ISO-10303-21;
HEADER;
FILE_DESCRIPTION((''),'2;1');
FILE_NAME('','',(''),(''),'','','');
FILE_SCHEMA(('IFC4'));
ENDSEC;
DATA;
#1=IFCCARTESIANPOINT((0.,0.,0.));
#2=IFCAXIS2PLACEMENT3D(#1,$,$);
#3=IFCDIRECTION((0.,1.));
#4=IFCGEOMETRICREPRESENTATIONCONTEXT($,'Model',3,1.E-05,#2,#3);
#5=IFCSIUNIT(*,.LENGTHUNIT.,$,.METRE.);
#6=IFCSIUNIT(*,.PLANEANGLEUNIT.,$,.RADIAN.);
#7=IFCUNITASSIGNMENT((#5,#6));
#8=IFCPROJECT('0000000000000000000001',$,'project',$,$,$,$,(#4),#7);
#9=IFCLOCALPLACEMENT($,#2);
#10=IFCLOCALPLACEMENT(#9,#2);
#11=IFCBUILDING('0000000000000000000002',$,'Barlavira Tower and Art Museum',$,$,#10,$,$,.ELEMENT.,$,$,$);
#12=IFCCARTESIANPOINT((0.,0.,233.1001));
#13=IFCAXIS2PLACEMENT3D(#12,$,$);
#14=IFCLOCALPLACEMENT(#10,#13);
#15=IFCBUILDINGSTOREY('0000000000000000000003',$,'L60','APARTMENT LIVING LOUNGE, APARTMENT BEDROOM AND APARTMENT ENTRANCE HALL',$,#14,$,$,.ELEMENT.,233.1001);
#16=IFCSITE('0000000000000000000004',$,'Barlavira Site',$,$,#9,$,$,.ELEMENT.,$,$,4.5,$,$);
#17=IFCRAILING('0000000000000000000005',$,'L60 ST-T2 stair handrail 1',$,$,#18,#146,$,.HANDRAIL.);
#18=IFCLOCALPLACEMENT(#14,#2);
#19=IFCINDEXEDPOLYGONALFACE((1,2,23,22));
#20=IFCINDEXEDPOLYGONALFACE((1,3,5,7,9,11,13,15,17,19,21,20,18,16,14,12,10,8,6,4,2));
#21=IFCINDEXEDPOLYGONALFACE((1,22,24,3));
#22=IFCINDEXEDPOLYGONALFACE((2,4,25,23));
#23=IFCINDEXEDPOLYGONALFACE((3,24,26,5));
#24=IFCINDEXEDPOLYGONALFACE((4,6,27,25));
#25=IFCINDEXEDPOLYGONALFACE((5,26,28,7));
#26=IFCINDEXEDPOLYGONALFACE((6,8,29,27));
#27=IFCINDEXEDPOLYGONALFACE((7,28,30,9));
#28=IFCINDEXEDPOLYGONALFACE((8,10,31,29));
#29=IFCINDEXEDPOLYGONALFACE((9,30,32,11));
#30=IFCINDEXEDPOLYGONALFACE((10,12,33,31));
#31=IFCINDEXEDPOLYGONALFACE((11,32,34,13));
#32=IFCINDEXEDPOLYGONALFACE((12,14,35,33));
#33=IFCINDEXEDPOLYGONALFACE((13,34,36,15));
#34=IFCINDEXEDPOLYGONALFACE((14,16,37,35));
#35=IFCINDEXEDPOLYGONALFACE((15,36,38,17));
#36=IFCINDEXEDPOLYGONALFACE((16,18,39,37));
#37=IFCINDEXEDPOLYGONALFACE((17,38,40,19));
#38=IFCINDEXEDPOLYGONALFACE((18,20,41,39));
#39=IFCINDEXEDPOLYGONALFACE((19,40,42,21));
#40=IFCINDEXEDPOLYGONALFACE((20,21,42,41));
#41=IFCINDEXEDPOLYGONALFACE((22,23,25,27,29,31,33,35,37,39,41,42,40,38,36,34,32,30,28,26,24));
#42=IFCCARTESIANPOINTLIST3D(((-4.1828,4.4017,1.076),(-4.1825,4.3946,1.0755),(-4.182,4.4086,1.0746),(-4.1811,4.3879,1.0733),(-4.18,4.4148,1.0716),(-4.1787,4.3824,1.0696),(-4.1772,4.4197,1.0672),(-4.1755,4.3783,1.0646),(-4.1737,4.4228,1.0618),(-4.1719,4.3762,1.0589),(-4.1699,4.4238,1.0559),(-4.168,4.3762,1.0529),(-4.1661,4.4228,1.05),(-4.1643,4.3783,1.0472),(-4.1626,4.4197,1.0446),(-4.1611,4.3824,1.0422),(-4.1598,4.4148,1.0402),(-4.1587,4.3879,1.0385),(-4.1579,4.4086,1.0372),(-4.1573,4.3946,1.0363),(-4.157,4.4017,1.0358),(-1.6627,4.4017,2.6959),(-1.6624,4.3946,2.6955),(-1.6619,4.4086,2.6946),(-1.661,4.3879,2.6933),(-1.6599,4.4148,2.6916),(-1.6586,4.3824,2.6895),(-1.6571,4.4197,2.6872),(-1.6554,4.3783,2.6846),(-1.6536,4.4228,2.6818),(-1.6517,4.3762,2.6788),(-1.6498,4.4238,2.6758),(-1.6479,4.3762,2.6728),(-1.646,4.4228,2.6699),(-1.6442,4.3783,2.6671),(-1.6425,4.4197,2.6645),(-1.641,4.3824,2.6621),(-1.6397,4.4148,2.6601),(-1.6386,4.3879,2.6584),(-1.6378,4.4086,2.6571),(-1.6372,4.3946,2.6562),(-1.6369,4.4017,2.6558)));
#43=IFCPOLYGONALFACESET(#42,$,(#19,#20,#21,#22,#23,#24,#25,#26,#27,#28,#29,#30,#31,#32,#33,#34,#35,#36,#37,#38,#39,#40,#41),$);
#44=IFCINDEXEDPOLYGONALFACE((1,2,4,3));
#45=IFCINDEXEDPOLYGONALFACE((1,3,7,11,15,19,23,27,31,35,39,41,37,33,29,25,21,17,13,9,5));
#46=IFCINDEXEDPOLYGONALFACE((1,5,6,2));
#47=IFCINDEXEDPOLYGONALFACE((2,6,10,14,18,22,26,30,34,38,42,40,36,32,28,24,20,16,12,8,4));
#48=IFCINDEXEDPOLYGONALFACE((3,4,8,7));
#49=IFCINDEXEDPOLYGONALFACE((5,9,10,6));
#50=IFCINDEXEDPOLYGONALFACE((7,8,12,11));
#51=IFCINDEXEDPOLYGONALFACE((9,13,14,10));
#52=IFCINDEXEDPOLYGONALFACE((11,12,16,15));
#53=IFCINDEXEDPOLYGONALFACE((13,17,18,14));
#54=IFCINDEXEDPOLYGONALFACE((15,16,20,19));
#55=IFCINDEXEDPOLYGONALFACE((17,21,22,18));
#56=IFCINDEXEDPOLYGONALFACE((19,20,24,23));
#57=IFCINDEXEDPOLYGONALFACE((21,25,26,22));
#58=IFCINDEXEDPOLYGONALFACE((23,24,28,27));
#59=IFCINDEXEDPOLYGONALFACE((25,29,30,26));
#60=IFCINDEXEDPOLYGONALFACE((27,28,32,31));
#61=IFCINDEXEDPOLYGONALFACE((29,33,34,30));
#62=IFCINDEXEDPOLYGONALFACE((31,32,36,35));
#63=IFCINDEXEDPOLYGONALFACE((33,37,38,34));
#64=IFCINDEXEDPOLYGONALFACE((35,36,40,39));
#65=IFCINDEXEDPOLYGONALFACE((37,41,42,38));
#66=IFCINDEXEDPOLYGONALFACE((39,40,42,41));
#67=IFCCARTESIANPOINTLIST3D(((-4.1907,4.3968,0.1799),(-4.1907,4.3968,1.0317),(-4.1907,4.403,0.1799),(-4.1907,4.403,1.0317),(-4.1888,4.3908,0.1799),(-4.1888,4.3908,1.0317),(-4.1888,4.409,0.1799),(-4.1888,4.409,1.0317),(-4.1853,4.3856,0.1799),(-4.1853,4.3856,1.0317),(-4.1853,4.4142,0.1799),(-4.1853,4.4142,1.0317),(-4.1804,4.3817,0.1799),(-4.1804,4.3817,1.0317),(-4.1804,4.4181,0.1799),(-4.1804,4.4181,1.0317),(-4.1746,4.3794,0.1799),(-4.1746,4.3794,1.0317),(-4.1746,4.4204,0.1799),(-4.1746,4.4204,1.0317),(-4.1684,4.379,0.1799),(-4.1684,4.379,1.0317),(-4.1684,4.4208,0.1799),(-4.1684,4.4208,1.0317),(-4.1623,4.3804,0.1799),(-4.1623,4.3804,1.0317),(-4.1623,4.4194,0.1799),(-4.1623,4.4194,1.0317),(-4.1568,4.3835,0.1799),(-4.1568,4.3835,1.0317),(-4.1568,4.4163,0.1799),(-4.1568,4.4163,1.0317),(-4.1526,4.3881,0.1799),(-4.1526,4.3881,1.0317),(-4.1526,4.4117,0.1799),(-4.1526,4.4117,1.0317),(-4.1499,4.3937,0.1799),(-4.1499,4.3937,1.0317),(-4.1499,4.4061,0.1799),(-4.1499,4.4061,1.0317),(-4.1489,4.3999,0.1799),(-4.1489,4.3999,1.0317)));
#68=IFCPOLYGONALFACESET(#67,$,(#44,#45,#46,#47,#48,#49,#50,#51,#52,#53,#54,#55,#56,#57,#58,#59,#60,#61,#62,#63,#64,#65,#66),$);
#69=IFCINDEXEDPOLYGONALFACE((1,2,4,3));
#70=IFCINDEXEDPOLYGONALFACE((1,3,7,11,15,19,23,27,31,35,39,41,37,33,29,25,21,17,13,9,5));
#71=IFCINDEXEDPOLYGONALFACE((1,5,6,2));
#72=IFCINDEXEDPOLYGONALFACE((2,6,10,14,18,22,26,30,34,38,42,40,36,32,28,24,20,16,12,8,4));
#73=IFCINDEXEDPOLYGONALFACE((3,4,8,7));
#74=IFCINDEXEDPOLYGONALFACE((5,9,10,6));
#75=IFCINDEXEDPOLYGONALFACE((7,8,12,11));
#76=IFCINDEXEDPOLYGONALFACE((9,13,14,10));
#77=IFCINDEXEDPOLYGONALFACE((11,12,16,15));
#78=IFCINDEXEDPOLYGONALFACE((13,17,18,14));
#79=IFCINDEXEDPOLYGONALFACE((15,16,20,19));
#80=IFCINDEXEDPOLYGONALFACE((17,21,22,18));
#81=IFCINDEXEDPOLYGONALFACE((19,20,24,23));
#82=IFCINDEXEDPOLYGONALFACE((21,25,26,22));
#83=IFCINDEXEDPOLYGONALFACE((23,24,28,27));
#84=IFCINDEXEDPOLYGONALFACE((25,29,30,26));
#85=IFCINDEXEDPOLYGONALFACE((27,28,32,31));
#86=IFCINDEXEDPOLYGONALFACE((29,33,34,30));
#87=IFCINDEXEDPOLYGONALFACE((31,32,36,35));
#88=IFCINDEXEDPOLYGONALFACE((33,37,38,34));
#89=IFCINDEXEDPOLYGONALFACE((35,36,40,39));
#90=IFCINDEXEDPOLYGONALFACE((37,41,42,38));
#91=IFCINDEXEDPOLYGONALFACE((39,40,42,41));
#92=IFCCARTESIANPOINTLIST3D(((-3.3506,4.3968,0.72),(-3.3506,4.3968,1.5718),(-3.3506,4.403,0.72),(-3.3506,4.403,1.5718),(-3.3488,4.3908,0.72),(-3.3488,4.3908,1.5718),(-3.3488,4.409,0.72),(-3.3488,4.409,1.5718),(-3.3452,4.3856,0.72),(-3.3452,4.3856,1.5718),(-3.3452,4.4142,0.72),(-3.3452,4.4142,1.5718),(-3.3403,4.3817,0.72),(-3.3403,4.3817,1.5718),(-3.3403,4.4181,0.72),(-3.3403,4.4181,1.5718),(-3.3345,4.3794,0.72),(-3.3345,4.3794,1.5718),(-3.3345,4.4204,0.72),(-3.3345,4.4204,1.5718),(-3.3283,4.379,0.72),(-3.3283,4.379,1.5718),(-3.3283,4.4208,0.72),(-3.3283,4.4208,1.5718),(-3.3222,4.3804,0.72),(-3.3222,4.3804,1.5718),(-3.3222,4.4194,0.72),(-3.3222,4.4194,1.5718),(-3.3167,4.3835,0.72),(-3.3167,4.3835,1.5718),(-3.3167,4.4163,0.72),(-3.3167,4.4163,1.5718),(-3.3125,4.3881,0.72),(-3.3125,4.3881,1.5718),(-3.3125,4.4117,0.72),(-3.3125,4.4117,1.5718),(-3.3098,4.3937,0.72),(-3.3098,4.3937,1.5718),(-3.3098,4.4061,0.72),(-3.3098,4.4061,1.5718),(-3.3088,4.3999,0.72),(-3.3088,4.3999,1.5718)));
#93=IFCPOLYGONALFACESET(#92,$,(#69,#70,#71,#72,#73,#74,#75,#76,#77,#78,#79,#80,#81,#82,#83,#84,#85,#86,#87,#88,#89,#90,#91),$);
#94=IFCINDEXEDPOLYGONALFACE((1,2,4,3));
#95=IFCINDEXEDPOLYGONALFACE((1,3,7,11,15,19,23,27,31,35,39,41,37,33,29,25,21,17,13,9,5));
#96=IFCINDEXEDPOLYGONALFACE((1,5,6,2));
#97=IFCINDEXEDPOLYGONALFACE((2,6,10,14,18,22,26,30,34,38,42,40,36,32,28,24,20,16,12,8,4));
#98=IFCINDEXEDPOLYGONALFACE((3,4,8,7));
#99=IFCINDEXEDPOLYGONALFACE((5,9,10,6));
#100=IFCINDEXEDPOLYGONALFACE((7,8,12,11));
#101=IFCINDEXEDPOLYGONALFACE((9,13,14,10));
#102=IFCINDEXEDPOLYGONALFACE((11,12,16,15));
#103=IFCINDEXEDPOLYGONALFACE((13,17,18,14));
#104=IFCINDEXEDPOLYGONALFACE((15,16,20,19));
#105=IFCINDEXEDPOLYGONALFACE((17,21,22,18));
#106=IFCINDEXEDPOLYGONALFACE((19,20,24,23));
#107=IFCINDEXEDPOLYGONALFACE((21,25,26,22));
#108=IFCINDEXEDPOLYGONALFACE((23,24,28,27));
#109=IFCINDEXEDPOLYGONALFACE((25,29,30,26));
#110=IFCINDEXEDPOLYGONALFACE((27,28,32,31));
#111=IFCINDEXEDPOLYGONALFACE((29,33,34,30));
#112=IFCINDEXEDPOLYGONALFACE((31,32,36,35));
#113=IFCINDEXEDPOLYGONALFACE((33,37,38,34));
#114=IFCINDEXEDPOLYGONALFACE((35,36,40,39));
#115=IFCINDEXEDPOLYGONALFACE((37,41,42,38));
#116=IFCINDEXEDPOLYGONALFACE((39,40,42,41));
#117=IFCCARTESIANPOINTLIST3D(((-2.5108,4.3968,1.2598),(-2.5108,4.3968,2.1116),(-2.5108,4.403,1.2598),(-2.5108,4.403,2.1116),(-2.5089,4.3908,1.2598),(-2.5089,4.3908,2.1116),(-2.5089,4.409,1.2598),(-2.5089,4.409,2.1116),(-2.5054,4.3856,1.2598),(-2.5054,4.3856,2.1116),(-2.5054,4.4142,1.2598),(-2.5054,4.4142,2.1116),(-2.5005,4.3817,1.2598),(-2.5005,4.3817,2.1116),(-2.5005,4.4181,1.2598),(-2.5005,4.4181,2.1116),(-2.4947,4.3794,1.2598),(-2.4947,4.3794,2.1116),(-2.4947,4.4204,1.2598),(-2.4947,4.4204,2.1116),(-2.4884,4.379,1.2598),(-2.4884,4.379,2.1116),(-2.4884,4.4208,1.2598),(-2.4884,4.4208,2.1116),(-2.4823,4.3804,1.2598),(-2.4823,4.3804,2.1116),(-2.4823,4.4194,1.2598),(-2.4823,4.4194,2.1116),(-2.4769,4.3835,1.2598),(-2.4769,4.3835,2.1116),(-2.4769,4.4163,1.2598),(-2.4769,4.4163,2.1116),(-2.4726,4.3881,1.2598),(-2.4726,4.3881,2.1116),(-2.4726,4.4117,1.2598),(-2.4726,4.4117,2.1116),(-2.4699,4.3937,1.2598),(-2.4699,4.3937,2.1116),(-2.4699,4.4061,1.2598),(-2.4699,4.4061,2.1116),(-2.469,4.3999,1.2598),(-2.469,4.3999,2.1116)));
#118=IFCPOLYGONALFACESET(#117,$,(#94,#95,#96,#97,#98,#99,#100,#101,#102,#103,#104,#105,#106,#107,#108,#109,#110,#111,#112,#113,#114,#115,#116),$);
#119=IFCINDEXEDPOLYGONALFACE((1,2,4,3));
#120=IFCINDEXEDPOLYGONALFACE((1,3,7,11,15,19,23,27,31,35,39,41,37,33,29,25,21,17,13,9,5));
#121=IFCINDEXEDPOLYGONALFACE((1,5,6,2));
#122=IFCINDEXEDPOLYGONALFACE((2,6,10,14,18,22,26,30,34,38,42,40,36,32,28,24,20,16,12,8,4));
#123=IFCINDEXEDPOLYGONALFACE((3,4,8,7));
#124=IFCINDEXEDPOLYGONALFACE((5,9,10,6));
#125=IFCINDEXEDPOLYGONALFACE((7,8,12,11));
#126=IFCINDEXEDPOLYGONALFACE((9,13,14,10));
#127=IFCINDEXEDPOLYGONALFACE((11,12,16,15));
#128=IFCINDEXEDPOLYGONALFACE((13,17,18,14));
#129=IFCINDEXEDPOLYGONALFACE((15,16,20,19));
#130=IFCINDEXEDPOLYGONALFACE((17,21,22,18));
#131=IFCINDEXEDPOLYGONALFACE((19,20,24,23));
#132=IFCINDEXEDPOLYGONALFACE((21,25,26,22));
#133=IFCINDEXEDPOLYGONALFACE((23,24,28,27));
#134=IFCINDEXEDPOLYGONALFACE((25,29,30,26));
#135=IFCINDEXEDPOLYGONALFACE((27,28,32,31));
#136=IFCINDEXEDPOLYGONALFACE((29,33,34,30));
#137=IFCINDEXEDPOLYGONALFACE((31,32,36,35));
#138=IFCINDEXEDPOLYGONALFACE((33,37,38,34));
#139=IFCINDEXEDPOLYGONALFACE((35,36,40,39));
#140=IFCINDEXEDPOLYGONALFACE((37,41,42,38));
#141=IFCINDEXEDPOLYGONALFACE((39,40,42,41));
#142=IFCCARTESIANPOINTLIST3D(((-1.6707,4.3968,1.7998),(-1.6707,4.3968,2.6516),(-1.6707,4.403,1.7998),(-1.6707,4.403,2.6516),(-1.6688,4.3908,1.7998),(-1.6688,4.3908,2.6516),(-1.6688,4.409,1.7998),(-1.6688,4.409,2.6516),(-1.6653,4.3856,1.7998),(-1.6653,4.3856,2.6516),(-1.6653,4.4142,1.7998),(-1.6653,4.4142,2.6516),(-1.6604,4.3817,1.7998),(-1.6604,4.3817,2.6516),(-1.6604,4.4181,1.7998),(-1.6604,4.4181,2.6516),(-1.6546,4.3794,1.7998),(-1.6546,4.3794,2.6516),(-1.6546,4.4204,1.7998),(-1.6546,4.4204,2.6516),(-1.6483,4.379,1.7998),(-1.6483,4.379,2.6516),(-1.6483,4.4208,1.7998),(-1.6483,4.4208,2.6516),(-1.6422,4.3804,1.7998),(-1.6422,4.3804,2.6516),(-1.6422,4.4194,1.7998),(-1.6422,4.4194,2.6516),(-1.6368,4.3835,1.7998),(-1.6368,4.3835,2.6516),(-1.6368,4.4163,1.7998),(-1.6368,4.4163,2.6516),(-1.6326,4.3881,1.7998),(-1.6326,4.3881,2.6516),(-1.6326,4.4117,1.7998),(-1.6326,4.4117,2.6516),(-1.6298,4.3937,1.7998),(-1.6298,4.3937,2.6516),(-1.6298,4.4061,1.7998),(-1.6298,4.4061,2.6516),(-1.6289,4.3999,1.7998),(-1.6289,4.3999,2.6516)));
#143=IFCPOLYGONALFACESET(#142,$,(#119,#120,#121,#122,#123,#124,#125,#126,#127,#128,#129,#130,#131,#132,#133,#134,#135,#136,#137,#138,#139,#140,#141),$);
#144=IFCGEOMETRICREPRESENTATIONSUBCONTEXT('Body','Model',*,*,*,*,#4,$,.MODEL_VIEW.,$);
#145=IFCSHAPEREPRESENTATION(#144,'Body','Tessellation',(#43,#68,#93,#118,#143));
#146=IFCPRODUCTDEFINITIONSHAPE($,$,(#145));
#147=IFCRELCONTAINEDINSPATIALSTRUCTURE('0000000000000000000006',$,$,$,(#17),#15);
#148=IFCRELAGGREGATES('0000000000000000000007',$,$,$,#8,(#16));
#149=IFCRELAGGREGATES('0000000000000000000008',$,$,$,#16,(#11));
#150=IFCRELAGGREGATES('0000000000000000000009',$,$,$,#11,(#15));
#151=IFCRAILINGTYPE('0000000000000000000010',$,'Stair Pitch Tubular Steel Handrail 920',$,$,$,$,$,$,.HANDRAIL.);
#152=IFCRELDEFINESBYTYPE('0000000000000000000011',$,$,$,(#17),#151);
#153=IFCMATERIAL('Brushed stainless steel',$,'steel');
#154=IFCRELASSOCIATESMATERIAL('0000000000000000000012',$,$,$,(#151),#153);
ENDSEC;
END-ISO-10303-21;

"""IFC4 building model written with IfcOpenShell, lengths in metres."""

from ifc_helpers import new_model, si_unit, direction, frame, origin, origin_2d, place, context, subcontext, project, spatial, circle, extrude, material, type_object, element, save


model = new_model("IFC4")

# Units and contexts
model_context = context("Model", 3, precision=1e-05, world=origin(), true_north=direction((0.0, 1.0)))
body_context = subcontext(model_context, "Body", "Model", "MODEL_VIEW")
ifc_project = project(units=[si_unit("LENGTHUNIT", "METRE"), si_unit("PLANEANGLEUNIT", "RADIAN")], contexts=[model_context])

# Site, building, storey
site_placement = place(None, origin())
site = spatial("IfcSite", under=ifc_project, at=site_placement, Name="Barlavira Site", CompositionType="ELEMENT", RefElevation=4.5)
building_placement = place(site_placement, origin())
building = spatial("IfcBuilding", under=site, at=building_placement, Name="Barlavira Tower and Art Museum", CompositionType="ELEMENT")
storey_placement = place(building_placement, frame((0.0, 0.0, 233.1001)))
storey = spatial("IfcBuildingStorey", under=building, at=storey_placement, Name="L60", Description="APARTMENT LIVING LOUNGE, APARTMENT BEDROOM AND APARTMENT ENTRANCE HALL", CompositionType="ELEMENT", Elevation=233.1001)

# Shared definitions
ifc_material_1 = material(Name="Brushed stainless steel", Category="steel")

# Railing
railing_type_1 = type_object("IfcRailingType", Name="Stair Pitch Tubular Steel Handrail 920", PredefinedType="HANDRAIL", material=ifc_material_1)
railing_1_placement = place(storey_placement, frame((-4.1699, 4.3999, 0.1799)))
element("IfcRailing", 1, at=railing_1_placement, inside=storey, type_object=railing_type_1, Name="L60 ST-T2 stair handrail 1", PredefinedType="HANDRAIL", context=body_context, shape_type="SweptSolid", body=[
    extrude(circle(Radius=0.0239, at=origin_2d()), frame((0.0, 0.0, 0.876), z_axis=(0.8412, 0.0, 0.540725), x_axis=(0.0, 1.0, 0.0)), (0.0, 0.0, 1.0), 2.9958),
    extrude(circle(Radius=0.021, at=origin_2d()), origin(), (0.0, 0.0, 1.0), 0.8518),
    extrude(circle(Radius=0.021, at=origin_2d()), frame((0.8401, 0.0, 0.54)), (0.0, 0.0, 1.0), 0.8518),
    extrude(circle(Radius=0.021, at=origin_2d()), frame((1.6799, 0.0, 1.0798)), (0.0, 0.0, 1.0), 0.8518),
    extrude(circle(Radius=0.021, at=origin_2d()), frame((2.52, 0.0, 1.6199)), (0.0, 0.0, 1.0), 0.8518),
])

save(model, "model.ifc")
